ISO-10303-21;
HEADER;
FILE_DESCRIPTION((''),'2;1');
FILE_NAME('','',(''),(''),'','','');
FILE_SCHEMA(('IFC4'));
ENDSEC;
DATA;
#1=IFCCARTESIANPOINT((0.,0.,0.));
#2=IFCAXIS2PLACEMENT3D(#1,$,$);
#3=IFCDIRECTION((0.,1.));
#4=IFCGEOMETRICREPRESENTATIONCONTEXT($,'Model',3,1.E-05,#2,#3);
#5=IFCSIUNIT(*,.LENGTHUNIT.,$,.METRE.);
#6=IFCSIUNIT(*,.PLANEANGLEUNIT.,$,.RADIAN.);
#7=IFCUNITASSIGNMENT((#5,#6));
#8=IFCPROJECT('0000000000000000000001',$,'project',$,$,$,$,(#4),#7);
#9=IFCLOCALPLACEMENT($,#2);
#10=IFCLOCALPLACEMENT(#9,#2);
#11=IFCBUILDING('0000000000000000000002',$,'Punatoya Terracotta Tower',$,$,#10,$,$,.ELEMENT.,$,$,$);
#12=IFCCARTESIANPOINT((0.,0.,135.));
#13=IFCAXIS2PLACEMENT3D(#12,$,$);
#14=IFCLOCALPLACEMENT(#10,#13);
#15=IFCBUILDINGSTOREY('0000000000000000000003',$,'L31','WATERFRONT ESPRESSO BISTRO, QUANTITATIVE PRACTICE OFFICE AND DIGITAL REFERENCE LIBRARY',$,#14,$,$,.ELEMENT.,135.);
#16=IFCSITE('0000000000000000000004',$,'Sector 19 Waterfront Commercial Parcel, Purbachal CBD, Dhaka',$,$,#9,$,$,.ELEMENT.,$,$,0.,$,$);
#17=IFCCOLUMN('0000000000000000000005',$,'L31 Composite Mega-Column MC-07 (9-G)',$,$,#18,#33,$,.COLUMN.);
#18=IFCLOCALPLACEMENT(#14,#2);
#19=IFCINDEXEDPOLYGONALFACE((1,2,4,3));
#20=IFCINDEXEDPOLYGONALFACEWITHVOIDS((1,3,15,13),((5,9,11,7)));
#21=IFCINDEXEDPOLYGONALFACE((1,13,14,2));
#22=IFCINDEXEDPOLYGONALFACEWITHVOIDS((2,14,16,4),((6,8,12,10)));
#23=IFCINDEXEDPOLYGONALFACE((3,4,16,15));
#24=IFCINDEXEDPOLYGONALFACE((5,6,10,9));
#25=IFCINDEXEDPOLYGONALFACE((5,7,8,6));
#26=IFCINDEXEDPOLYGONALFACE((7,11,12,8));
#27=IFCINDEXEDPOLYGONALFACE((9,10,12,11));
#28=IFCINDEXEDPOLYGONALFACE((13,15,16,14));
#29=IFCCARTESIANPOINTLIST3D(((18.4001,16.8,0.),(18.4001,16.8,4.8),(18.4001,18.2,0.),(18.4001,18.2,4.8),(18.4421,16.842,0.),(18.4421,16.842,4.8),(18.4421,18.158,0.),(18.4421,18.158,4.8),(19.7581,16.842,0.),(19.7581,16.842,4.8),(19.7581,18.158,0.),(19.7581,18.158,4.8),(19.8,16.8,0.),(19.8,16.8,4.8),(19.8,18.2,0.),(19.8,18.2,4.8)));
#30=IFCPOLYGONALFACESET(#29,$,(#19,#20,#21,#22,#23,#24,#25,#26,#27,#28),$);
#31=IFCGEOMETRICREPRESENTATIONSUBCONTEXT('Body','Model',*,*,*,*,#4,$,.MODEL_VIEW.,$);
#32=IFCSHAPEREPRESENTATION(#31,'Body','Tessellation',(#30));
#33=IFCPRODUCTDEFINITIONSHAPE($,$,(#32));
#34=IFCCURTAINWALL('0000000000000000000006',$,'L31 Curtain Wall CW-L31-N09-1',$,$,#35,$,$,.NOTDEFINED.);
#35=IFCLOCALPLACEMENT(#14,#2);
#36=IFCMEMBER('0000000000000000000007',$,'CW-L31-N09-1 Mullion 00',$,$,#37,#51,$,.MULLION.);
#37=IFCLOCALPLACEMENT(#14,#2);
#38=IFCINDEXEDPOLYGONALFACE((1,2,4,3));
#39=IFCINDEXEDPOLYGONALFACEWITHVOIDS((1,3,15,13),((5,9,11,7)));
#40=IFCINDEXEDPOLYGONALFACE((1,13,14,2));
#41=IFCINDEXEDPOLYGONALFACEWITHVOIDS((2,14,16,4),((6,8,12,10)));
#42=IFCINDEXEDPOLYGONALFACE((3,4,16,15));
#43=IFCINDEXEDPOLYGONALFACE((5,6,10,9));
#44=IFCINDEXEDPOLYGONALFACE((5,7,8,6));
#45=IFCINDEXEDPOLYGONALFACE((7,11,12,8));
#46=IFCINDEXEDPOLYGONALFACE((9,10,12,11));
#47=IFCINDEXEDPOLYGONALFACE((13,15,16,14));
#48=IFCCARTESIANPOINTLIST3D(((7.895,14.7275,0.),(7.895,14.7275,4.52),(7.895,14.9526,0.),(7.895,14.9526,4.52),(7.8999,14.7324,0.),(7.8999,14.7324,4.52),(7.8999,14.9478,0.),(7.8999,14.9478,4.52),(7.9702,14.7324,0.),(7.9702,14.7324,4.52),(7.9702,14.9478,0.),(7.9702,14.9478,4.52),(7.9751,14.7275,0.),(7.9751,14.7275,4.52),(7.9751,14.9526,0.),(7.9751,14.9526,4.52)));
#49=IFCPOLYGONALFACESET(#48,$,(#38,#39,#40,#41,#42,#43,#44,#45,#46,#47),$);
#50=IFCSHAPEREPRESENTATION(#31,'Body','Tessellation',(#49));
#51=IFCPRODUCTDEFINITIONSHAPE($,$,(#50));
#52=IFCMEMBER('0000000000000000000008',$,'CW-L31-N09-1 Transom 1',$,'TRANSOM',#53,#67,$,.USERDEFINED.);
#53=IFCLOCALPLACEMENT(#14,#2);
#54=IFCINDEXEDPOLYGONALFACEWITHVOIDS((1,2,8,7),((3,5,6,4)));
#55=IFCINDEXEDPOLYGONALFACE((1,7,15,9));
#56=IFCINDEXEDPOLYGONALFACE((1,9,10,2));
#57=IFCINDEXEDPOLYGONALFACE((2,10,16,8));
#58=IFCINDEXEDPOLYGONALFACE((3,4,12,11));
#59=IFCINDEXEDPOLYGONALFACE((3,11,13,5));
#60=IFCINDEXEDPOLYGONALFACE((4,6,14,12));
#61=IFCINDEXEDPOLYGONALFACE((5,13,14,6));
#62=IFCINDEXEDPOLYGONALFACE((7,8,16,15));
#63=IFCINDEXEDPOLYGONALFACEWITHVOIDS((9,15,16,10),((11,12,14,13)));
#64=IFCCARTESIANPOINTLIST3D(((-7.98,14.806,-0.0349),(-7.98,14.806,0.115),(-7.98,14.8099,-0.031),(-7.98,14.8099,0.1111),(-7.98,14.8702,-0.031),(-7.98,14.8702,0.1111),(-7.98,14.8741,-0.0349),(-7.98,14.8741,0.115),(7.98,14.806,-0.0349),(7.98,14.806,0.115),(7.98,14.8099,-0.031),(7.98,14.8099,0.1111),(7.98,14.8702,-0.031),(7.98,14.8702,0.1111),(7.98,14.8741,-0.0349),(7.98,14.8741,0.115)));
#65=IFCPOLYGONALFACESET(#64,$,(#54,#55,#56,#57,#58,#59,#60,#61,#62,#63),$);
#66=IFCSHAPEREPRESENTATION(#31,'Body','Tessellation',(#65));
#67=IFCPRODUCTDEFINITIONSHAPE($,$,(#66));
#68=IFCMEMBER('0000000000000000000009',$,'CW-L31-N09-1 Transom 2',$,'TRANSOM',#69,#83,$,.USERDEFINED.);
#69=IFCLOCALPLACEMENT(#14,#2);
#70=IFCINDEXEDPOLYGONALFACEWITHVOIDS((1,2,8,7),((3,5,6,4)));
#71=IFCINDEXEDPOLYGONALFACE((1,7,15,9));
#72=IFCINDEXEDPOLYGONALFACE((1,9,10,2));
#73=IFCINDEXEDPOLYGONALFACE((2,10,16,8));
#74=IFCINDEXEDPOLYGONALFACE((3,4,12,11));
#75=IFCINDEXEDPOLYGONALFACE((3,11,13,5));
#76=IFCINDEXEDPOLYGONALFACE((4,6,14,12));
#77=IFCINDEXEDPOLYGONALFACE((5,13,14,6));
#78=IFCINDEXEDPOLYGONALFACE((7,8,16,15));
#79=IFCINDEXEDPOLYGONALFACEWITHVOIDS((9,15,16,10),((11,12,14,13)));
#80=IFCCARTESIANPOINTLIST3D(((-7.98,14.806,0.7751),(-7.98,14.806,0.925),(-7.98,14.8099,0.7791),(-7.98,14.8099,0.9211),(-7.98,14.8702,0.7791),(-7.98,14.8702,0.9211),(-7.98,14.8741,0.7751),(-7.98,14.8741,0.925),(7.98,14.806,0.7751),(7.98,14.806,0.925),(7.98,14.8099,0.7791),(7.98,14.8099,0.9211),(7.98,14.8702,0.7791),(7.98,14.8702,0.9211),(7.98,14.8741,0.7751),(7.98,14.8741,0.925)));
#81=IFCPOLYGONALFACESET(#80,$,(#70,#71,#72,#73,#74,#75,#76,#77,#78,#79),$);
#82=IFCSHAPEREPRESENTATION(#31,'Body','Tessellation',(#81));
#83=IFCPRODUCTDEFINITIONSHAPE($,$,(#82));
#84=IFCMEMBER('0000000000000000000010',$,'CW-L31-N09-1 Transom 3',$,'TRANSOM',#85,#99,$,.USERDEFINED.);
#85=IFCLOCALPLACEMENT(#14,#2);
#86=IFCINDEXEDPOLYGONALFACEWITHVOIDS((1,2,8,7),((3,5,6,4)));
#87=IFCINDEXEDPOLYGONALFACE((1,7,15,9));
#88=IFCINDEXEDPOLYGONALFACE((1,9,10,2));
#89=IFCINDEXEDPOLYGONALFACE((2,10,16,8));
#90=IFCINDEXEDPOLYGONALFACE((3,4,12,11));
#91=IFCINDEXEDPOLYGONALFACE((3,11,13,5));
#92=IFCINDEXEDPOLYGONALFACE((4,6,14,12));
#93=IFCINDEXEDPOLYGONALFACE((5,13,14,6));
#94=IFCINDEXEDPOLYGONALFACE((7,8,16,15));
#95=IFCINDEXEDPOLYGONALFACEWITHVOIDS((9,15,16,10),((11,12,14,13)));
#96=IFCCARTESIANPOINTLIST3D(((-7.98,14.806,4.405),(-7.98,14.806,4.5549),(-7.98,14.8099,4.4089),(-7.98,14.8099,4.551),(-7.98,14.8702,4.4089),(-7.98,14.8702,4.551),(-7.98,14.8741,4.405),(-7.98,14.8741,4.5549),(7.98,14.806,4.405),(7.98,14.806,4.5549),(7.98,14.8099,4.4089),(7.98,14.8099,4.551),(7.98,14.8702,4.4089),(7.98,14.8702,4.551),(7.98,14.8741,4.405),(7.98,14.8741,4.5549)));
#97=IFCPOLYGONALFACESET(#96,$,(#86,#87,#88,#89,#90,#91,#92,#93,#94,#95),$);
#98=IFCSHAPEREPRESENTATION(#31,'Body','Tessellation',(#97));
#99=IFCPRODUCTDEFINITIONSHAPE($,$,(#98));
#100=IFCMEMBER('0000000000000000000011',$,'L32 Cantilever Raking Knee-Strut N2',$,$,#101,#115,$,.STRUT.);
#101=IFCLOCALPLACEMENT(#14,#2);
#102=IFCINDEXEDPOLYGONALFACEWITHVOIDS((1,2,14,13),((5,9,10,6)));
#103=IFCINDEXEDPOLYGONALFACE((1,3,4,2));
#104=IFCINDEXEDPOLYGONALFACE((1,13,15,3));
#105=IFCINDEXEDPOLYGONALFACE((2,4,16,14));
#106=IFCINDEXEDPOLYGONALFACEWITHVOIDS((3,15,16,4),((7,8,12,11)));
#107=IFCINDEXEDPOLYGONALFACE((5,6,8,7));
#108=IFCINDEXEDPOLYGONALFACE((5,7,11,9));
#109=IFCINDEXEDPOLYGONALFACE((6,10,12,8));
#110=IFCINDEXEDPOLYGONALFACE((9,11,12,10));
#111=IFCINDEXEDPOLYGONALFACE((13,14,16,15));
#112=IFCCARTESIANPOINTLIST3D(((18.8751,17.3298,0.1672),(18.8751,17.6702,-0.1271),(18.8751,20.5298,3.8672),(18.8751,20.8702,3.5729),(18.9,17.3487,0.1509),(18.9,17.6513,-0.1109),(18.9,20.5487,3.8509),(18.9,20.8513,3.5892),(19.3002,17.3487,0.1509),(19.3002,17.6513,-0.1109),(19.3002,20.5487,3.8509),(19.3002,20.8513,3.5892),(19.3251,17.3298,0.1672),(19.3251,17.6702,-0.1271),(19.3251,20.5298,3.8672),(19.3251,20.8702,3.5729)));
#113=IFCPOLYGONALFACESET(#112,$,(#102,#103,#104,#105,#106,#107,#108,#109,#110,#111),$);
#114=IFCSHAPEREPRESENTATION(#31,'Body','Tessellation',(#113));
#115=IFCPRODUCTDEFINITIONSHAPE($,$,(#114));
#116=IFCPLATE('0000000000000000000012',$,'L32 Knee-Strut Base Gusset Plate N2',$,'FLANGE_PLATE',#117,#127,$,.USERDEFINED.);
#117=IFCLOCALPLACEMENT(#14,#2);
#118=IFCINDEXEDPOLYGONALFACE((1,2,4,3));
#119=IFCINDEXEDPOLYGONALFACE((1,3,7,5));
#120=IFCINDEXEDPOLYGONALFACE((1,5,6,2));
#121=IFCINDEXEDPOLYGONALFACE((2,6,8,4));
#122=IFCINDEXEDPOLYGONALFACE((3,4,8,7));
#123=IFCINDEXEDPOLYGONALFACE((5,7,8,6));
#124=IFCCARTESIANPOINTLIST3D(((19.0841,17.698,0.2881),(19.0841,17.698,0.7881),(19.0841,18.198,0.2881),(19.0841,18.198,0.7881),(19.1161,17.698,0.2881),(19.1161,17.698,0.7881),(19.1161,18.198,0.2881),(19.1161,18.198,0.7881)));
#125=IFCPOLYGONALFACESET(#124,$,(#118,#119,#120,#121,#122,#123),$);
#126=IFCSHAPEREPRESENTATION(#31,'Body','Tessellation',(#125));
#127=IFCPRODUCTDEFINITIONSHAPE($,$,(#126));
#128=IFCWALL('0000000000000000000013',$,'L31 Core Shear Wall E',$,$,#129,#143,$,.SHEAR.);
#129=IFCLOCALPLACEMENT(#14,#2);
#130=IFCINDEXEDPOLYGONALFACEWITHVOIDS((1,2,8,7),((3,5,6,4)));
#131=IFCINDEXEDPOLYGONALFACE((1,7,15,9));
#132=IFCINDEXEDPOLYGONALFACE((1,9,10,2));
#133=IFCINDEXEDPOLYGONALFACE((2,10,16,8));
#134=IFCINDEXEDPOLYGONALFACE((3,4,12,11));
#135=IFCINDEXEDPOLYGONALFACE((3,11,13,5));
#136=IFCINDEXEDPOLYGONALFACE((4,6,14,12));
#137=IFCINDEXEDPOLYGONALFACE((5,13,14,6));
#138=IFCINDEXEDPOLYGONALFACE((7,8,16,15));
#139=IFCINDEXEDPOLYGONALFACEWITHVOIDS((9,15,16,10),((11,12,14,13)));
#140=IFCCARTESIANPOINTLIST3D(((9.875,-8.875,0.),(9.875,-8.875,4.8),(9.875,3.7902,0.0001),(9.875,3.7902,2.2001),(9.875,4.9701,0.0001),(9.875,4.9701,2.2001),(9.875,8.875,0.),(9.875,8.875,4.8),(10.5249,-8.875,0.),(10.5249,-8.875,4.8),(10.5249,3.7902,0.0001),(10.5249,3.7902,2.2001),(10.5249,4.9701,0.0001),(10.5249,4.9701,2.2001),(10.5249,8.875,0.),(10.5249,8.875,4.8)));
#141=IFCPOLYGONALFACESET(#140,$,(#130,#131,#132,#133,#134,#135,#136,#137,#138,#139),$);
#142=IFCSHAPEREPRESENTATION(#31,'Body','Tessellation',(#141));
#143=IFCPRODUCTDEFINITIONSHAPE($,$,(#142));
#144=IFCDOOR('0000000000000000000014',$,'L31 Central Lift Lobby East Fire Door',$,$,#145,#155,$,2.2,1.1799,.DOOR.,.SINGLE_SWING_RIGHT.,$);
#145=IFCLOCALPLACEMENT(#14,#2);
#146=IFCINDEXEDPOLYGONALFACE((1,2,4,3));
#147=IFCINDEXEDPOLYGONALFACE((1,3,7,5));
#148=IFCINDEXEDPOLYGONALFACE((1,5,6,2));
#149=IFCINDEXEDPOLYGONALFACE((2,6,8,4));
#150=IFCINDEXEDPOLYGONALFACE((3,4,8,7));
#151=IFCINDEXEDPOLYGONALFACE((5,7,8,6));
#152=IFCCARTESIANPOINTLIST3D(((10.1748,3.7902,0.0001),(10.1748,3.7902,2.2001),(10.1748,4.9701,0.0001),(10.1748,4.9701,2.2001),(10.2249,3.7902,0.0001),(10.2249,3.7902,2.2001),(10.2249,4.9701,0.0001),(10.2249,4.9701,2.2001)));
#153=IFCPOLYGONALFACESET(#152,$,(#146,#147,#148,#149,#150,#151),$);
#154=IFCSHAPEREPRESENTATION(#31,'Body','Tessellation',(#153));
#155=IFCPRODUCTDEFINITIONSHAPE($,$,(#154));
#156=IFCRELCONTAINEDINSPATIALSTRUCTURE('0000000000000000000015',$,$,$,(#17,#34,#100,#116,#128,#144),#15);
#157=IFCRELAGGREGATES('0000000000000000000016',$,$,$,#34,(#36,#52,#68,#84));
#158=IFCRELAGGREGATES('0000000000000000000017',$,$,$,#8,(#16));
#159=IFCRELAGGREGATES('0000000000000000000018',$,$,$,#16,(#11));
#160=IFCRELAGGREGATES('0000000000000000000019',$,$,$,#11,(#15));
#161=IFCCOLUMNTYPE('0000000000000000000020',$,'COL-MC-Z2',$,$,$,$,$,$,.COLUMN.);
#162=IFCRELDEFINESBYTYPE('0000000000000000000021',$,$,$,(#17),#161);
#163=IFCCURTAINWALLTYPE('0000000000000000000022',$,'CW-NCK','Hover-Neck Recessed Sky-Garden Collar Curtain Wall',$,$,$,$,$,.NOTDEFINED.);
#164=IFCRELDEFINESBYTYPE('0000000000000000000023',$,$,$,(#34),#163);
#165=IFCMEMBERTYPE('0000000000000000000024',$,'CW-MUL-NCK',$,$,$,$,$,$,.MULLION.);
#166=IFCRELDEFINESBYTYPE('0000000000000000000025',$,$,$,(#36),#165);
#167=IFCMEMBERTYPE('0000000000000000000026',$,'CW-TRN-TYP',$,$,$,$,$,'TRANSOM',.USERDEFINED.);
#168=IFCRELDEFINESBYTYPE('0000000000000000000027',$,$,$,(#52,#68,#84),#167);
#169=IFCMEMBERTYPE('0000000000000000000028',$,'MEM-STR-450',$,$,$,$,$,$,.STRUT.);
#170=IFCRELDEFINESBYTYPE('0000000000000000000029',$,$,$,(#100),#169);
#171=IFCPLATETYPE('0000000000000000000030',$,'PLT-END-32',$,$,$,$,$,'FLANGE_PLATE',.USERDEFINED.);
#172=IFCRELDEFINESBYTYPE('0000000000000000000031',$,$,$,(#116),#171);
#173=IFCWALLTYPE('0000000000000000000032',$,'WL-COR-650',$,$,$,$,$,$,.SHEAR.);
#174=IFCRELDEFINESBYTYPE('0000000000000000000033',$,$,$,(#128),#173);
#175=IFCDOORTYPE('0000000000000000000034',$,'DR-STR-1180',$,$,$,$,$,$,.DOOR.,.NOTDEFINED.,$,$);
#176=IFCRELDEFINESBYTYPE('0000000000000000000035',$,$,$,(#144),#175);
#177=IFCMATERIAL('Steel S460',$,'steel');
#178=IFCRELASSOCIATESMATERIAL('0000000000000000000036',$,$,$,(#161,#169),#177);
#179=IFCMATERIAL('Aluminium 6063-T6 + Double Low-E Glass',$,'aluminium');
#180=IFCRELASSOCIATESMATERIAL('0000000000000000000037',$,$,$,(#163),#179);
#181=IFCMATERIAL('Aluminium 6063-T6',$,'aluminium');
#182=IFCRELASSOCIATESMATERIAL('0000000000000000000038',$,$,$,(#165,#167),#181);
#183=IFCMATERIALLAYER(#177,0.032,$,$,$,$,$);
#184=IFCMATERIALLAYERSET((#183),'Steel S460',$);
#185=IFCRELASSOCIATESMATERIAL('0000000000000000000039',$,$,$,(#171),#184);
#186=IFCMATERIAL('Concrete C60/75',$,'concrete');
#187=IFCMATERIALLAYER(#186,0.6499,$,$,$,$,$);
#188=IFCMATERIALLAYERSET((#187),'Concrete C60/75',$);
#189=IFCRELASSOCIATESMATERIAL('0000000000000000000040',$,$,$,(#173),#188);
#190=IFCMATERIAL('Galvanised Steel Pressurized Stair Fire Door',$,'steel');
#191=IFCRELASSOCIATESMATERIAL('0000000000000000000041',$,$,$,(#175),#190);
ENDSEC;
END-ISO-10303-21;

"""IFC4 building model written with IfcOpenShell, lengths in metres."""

from ifc_helpers import new_model, si_unit, direction, frame, frame_2d, origin, origin_2d, place, context, subcontext, project, spatial, rectangle, hollow_rectangle, extrude, material, layer, layer_set, material_profile, profile_set, type_object, element, fill, aggregate, save


model = new_model("IFC4")

# Units and contexts
model_context = context("Model", 3, precision=1e-05, world=origin(), true_north=direction((0.0, 1.0)))
body_context = subcontext(model_context, "Body", "Model", "MODEL_VIEW")
ifc_project = project(units=[si_unit("LENGTHUNIT", "METRE"), si_unit("PLANEANGLEUNIT", "RADIAN")], contexts=[model_context])

# Site, building, storey
site_placement = place(None, origin())
site = spatial("IfcSite", under=ifc_project, at=site_placement, Name="Sector 19 Waterfront Commercial Parcel, Purbachal CBD, Dhaka", CompositionType="ELEMENT", RefElevation=0.0)
building_placement = place(site_placement, origin())
building = spatial("IfcBuilding", under=site, at=building_placement, Name="Punatoya Terracotta Tower", CompositionType="ELEMENT")
storey_placement = place(building_placement, frame((0.0, 0.0, 135.0)))
storey = spatial("IfcBuildingStorey", under=building, at=storey_placement, Name="L31", Description="WATERFRONT ESPRESSO BISTRO, QUANTITATIVE PRACTICE OFFICE AND DIGITAL REFERENCE LIBRARY", CompositionType="ELEMENT", Elevation=135.0)

# Column
ifc_material_1 = material(Name="Steel S460", Category="steel")
ifc_material_profile_1 = material_profile(ifc_material_1, hollow_rectangle(XDim=1.3999, YDim=1.3999, WallThickness=0.042, at=origin_2d()))
ifc_profile_set_1 = profile_set([ifc_material_profile_1], Name="Steel S460")
column_type = type_object("IfcColumnType", Name="COL-MC-Z2", PredefinedType="COLUMN", material=ifc_profile_set_1)
column_placement = place(storey_placement, frame((19.1001, 17.5, 0.0), z_axis=(0.0, 0.0, 1.0), x_axis=(1.0, 0.0, 0.0)))
element("IfcColumn", 1, at=column_placement, inside=storey, type_object=column_type, Name="L31 Composite Mega-Column MC-07 (9-G)", PredefinedType="COLUMN", context=body_context, shape_type="SweptSolid", body=[
    extrude(hollow_rectangle(XDim=1.3999, YDim=1.3999, WallThickness=0.042, at=origin_2d()), origin(), (0.0, 0.0, 1.0), 4.8),
])

# Curtain wall, members
ifc_material_2 = material(Name="Aluminium 6063-T6 + Double Low-E Glass", Category="aluminium")
curtain_wall_type = type_object("IfcCurtainWallType", Name="CW-NCK", Description="Hover-Neck Recessed Sky-Garden Collar Curtain Wall", PredefinedType="NOTDEFINED", material=ifc_material_2)
curtain_wall_placement = place(storey_placement, origin())
curtain_wall = element("IfcCurtainWall", 2, at=curtain_wall_placement, inside=storey, type_object=curtain_wall_type, Name="L31 Curtain Wall CW-L31-N09-1", PredefinedType="NOTDEFINED")
ifc_material_3 = material(Name="Aluminium 6063-T6", Category="aluminium")
ifc_material_profile_2 = material_profile(ifc_material_3, hollow_rectangle(XDim=0.0801, YDim=0.2251, WallThickness=0.0049, at=origin_2d()))
ifc_profile_set_2 = profile_set([ifc_material_profile_2], Name="Aluminium 6063-T6")
member_type_1 = type_object("IfcMemberType", Name="CW-MUL-NCK", PredefinedType="MULLION", material=ifc_profile_set_2)
member_1_placement = place(storey_placement, frame((7.9351, 14.8401, 0.0), z_axis=(0.0, 0.0, 1.0), x_axis=(1.0, 0.0, 0.0)))
member_1 = element("IfcMember", 3, at=member_1_placement, type_object=member_type_1, Name="CW-L31-N09-1 Mullion 00", PredefinedType="MULLION", context=body_context, shape_type="SweptSolid", body=[
    extrude(hollow_rectangle(XDim=0.0801, YDim=0.2251, WallThickness=0.0049, at=origin_2d()), origin(), (0.0, 0.0, 1.0), 4.52),
])
ifc_material_profile_3 = material_profile(ifc_material_3, hollow_rectangle(XDim=0.0681, YDim=0.1499, WallThickness=0.0039, at=origin_2d()))
ifc_profile_set_3 = profile_set([ifc_material_profile_3], Name="Aluminium 6063-T6")
member_type_2 = type_object("IfcMemberType", Name="CW-TRN-TYP", ElementType="TRANSOM", PredefinedType="USERDEFINED", material=ifc_profile_set_3)
member_2_placement = place(storey_placement, frame((7.98, 14.8401, 0.04), z_axis=(-1.0, 0.0, 0.0), x_axis=(0.0, -1.0, 0.0)))
member_2 = element("IfcMember", 4, at=member_2_placement, type_object=member_type_2, Name="CW-L31-N09-1 Transom 1", ObjectType="TRANSOM", PredefinedType="USERDEFINED", context=body_context, shape_type="SweptSolid", body=[
    extrude(hollow_rectangle(XDim=0.0681, YDim=0.1499, WallThickness=0.0039, at=origin_2d()), origin(), (0.0, 0.0, 1.0), 15.96),
])
member_3_placement = place(storey_placement, frame((7.98, 14.8401, 0.8501), z_axis=(-1.0, 0.0, 0.0), x_axis=(0.0, -1.0, 0.0)))
member_3 = element("IfcMember", 5, at=member_3_placement, type_object=member_type_2, Name="CW-L31-N09-1 Transom 2", ObjectType="TRANSOM", PredefinedType="USERDEFINED", context=body_context, shape_type="SweptSolid", body=[
    extrude(hollow_rectangle(XDim=0.0681, YDim=0.1499, WallThickness=0.0039, at=origin_2d()), origin(), (0.0, 0.0, 1.0), 15.96),
])
member_4_placement = place(storey_placement, frame((7.98, 14.8401, 4.48), z_axis=(-1.0, 0.0, 0.0), x_axis=(0.0, -1.0, 0.0)))
member_4 = element("IfcMember", 6, at=member_4_placement, type_object=member_type_2, Name="CW-L31-N09-1 Transom 3", ObjectType="TRANSOM", PredefinedType="USERDEFINED", context=body_context, shape_type="SweptSolid", body=[
    extrude(hollow_rectangle(XDim=0.0681, YDim=0.1499, WallThickness=0.0039, at=origin_2d()), origin(), (0.0, 0.0, 1.0), 15.96),
])
aggregate(curtain_wall, [member_1, member_2, member_3, member_4])

# Member
ifc_material_profile_4 = material_profile(ifc_material_1, hollow_rectangle(XDim=0.45, YDim=0.45, WallThickness=0.0249, at=origin_2d()))
ifc_profile_set_4 = profile_set([ifc_material_profile_4], Name="Steel S460")
member_type_3 = type_object("IfcMemberType", Name="MEM-STR-450", PredefinedType="STRUT", material=ifc_profile_set_4)
member_5_placement = place(storey_placement, frame((19.1001, 17.5, 0.02), z_axis=(0.0, 0.654151, 0.756364), x_axis=(-1.0, 0.0, 0.0)))
element("IfcMember", 7, at=member_5_placement, inside=storey, type_object=member_type_3, Name="L32 Cantilever Raking Knee-Strut N2", PredefinedType="STRUT", context=body_context, shape_type="SweptSolid", body=[
    extrude(hollow_rectangle(XDim=0.45, YDim=0.45, WallThickness=0.0249, at=origin_2d()), origin(), (0.0, 0.0, 1.0), 4.8918),
])

# Plate
ifc_layer_1 = layer(ifc_material_1, 0.032)
ifc_layer_set_1 = layer_set([ifc_layer_1], Name="Steel S460")
plate_type = type_object("IfcPlateType", Name="PLT-END-32", ElementType="FLANGE_PLATE", PredefinedType="USERDEFINED", material=ifc_layer_set_1)
plate_placement = place(storey_placement, frame((19.1001, 17.948, 0.2881), z_axis=(0.0, 0.0, 1.0), x_axis=(0.0, 1.0, 0.0)))
element("IfcPlate", 8, at=plate_placement, inside=storey, type_object=plate_type, Name="L32 Knee-Strut Base Gusset Plate N2", ObjectType="FLANGE_PLATE", PredefinedType="USERDEFINED", context=body_context, shape_type="SweptSolid", body=[
    extrude(rectangle(XDim=0.5, YDim=0.032, at=origin_2d()), origin(), (0.0, 0.0, 1.0), 0.5),
])

# Wall, opening, door
ifc_material_4 = material(Name="Concrete C60/75", Category="concrete")
ifc_layer_2 = layer(ifc_material_4, 0.6499)
ifc_layer_set_2 = layer_set([ifc_layer_2], Name="Concrete C60/75")
wall_type_1 = type_object("IfcWallType", Name="WL-COR-650", PredefinedType="SHEAR", material=ifc_layer_set_2)
wall_1_placement = place(storey_placement, frame((10.2, 8.875, 0.0), z_axis=(0.0, 0.0, 1.0), x_axis=(0.0, -1.0, 0.0)))
wall_1 = element("IfcWall", 9, at=wall_1_placement, inside=storey, type_object=wall_type_1, Name="L31 Core Shear Wall E", PredefinedType="SHEAR", context=body_context, shape_type="SweptSolid", body=[
    extrude(rectangle(XDim=17.75, YDim=0.6499, at=frame_2d((8.875, 0.0))), origin(), (0.0, 0.0, 1.0), 4.8),
])
opening_1_placement = place(wall_1_placement, frame((3.905, 0.0, 0.0)))
opening_1 = element("IfcOpeningElement", 10, at=opening_1_placement, cuts=wall_1, PredefinedType="OPENING", context=body_context, shape_type="SweptSolid", body=[
    extrude(rectangle(XDim=1.1799, YDim=2.2, at=frame_2d((0.5898, 1.1001))), frame((0.0, 0.335, 0.0), z_axis=(0.0, -1.0, 0.0), x_axis=(1.0, 0.0, 0.0)), (0.0, 0.0, 1.0), 0.6699),
])
ifc_material_5 = material(Name="Galvanised Steel Pressurized Stair Fire Door", Category="steel")
door_type_1 = type_object("IfcDoorType", Name="DR-STR-1180", OperationType="NOTDEFINED", PredefinedType="DOOR", material=ifc_material_5)
door_1_placement = place(opening_1_placement, origin())
door_1 = element("IfcDoor", 11, at=door_1_placement, inside=storey, type_object=door_type_1, Name="L31 Central Lift Lobby East Fire Door", OperationType="SINGLE_SWING_RIGHT", OverallHeight=2.2, OverallWidth=1.1799, PredefinedType="DOOR", context=body_context, shape_type="SweptSolid", body=[
    extrude(rectangle(XDim=1.1799, YDim=2.2, at=frame_2d((0.5898, 1.1001))), frame((0.0, 0.0249, 0.0), z_axis=(0.0, -1.0, 0.0), x_axis=(1.0, 0.0, 0.0)), (0.0, 0.0, 1.0), 0.05),
])
fill(opening_1, door_1)

save(model, "model.ifc")
